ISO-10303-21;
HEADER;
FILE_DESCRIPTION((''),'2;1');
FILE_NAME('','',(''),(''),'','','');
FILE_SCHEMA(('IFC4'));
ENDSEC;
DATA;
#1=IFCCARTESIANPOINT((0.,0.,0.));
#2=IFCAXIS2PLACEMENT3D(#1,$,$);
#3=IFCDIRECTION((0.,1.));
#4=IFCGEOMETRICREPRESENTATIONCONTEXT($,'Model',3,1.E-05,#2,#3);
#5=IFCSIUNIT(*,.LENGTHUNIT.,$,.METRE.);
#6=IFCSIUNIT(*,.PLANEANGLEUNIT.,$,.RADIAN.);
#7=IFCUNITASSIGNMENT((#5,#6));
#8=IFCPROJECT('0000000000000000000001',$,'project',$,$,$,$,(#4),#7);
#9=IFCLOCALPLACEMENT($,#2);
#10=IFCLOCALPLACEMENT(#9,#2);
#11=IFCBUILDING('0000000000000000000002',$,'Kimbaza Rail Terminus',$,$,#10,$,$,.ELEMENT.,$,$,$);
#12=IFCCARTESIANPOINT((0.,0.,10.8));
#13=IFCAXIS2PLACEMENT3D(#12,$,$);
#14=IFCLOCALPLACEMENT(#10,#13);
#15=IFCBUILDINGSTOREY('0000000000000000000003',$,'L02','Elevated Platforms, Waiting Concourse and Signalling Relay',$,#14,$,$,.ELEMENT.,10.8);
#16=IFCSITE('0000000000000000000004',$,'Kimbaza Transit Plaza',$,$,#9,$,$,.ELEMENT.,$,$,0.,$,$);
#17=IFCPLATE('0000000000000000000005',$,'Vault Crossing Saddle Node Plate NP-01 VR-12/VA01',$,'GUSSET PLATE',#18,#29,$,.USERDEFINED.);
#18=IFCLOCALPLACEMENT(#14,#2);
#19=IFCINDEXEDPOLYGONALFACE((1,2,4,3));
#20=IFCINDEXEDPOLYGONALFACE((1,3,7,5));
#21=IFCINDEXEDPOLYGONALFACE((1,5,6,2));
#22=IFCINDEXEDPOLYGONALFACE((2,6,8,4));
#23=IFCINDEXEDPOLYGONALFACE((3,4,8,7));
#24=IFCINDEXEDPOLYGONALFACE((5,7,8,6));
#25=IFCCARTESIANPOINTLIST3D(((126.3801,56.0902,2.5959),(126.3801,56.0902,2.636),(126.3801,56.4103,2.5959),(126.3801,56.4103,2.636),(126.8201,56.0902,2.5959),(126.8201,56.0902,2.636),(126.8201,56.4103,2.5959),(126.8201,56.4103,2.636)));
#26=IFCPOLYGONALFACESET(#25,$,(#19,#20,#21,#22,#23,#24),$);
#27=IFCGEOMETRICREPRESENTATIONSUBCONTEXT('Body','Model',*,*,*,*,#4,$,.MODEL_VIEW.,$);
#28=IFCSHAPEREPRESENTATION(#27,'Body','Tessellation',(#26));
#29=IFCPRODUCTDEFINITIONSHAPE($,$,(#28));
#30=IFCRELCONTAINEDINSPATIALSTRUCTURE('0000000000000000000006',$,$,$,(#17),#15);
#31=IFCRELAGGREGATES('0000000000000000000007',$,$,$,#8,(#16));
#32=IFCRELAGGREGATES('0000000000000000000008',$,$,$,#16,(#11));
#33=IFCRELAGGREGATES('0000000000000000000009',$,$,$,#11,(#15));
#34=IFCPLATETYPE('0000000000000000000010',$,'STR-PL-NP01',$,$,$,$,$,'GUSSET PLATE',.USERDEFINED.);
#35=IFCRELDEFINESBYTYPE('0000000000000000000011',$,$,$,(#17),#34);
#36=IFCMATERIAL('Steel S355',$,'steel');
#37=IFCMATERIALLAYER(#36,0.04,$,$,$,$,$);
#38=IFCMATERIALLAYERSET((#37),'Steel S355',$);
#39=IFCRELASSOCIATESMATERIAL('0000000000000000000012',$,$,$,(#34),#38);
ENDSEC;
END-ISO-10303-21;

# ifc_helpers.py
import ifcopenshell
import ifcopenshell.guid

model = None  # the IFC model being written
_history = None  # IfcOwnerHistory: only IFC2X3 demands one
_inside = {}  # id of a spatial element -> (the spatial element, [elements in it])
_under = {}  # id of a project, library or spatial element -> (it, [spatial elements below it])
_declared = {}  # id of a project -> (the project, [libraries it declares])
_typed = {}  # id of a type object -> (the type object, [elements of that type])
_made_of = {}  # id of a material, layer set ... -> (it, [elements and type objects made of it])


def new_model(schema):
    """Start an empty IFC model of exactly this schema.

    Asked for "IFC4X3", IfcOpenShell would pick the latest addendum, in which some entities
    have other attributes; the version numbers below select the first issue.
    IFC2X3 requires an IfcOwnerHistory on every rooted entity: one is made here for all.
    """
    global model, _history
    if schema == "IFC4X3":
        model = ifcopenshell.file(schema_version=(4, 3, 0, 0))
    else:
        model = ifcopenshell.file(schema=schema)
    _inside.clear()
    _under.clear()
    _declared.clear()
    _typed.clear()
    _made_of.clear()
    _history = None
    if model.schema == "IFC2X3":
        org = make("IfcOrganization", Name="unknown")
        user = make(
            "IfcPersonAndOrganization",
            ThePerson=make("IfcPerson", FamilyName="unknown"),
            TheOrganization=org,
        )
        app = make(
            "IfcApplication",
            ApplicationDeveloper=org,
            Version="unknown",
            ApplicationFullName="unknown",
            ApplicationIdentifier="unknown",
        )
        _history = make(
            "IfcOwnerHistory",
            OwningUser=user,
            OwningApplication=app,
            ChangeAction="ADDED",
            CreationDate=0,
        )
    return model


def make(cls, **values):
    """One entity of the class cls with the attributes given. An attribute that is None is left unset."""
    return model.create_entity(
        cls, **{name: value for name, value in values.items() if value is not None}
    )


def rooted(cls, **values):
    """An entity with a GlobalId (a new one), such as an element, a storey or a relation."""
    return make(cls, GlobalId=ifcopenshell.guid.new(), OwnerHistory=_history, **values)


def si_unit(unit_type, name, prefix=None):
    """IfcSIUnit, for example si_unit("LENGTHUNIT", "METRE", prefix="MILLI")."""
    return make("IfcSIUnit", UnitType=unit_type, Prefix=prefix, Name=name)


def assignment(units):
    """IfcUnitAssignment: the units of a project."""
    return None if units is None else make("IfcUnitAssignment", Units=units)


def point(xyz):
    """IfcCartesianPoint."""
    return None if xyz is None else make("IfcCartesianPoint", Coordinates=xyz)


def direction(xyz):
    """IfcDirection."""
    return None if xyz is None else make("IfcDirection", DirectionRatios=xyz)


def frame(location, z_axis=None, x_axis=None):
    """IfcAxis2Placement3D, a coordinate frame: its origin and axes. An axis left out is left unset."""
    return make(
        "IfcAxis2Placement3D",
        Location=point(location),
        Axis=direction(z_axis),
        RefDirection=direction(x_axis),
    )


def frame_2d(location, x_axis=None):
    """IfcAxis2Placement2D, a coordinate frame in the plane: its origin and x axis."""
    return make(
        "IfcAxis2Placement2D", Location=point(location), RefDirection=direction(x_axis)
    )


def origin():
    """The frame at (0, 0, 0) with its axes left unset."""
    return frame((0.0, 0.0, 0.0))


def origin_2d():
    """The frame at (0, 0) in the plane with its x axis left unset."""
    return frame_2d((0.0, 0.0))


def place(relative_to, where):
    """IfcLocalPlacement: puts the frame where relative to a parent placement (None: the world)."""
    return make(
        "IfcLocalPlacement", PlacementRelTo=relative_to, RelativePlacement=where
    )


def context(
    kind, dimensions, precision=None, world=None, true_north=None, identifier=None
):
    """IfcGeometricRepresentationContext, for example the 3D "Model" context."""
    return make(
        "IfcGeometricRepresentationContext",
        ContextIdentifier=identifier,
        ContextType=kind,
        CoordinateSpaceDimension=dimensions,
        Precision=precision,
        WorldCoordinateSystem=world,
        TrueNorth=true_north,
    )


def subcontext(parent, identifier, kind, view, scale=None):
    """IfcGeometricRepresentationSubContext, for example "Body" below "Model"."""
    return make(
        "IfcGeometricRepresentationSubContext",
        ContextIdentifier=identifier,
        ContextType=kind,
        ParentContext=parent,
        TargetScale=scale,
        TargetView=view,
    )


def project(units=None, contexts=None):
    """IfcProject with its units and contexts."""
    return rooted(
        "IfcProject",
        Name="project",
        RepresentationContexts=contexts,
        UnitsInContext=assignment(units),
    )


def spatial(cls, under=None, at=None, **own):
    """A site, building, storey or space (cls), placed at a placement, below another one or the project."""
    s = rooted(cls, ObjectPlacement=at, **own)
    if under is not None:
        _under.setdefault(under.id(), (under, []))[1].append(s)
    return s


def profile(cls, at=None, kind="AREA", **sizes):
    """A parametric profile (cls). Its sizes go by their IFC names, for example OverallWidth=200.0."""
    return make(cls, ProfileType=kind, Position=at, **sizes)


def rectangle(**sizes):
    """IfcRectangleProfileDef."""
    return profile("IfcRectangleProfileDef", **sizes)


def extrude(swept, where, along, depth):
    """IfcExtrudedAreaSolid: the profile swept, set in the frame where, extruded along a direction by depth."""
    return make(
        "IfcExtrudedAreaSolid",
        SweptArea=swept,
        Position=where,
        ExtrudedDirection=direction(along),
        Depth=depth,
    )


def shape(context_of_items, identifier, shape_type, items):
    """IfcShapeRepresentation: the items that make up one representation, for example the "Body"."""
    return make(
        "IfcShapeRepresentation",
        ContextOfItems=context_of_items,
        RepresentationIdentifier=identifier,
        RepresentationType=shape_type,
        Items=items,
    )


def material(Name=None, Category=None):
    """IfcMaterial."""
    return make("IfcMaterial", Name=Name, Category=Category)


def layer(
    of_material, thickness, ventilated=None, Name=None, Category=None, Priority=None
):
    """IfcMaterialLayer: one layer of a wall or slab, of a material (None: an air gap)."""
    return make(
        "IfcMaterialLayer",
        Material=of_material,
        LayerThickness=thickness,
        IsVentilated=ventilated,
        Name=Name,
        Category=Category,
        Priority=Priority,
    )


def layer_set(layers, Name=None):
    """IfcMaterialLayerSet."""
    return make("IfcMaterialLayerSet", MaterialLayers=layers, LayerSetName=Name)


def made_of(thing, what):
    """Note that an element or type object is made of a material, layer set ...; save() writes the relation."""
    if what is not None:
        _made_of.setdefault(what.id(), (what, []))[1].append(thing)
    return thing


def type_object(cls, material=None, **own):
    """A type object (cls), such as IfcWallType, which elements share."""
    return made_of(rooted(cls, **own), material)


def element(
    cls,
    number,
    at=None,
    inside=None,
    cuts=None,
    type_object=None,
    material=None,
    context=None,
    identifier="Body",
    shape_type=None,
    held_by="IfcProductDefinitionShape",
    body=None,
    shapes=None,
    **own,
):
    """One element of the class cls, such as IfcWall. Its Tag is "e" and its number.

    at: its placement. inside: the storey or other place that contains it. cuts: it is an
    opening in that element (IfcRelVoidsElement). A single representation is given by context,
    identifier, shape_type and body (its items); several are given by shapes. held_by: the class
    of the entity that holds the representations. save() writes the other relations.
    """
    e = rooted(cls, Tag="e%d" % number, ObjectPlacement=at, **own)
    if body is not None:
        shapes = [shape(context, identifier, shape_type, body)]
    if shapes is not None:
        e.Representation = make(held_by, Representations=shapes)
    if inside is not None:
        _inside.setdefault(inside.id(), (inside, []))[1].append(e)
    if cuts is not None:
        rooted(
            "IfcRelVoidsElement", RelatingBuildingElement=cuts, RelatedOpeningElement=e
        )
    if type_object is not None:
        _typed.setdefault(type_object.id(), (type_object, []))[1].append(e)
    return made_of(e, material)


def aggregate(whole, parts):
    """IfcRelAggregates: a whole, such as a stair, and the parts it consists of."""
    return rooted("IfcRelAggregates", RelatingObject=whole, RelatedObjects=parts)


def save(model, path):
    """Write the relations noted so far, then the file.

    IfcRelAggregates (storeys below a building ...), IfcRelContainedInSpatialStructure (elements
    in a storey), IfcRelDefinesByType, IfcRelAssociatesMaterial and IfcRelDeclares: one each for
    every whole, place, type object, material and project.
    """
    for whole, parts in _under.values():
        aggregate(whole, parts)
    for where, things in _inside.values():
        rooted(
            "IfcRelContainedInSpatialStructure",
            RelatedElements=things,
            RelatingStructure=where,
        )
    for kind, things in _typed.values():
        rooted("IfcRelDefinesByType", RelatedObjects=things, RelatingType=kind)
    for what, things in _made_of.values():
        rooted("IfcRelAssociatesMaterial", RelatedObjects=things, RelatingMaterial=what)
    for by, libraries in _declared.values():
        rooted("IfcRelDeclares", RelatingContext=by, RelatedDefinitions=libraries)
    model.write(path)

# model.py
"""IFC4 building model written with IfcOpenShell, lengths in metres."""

from ifc_helpers import new_model, si_unit, direction, frame, origin, origin_2d, place, context, subcontext, project, spatial, rectangle, extrude, material, layer, layer_set, type_object, element, save


model = new_model("IFC4")

# Units and contexts
model_context = context("Model", 3, precision=1e-05, world=origin(), true_north=direction((0.0, 1.0)))
body_context = subcontext(model_context, "Body", "Model", "MODEL_VIEW")
ifc_project = project(units=[si_unit("LENGTHUNIT", "METRE"), si_unit("PLANEANGLEUNIT", "RADIAN")], contexts=[model_context])

# Site, building, storey
site_placement = place(None, origin())
site = spatial("IfcSite", under=ifc_project, at=site_placement, Name="Kimbaza Transit Plaza", CompositionType="ELEMENT", RefElevation=0.0)
building_placement = place(site_placement, origin())
building = spatial("IfcBuilding", under=site, at=building_placement, Name="Kimbaza Rail Terminus", CompositionType="ELEMENT")
storey_placement = place(building_placement, frame((0.0, 0.0, 10.8)))
storey = spatial("IfcBuildingStorey", under=building, at=storey_placement, Name="L02", Description="Elevated Platforms, Waiting Concourse and Signalling Relay", CompositionType="ELEMENT", Elevation=10.8)

# Plate
ifc_material_1 = material(Name="Steel S355", Category="steel")
ifc_layer_1 = layer(ifc_material_1, 0.04)
ifc_layer_set_1 = layer_set([ifc_layer_1], Name="Steel S355")
plate_type_1 = type_object("IfcPlateType", Name="STR-PL-NP01", ElementType="GUSSET PLATE", PredefinedType="USERDEFINED", material=ifc_layer_set_1)
for number, where, z_axis, x_axis, name in (
    (1, (126.6001, 56.2502, 2.5959), (0.0, 0.0, 1.0), (1.0, 0.0, 0.0), "Vault Crossing Saddle Node Plate NP-01 VR-12/VA01"),
):
    element("IfcPlate", number, at=place(storey_placement, frame(where, z_axis=z_axis, x_axis=x_axis)), inside=storey, type_object=plate_type_1, Name=name, ObjectType="GUSSET PLATE", PredefinedType="USERDEFINED", context=body_context, shape_type="SweptSolid", body=[
        extrude(rectangle(XDim=0.4399, YDim=0.3201, at=origin_2d()), origin(), (0.0, 0.0, 1.0), 0.04),
    ])

save(model, "model.ifc")
